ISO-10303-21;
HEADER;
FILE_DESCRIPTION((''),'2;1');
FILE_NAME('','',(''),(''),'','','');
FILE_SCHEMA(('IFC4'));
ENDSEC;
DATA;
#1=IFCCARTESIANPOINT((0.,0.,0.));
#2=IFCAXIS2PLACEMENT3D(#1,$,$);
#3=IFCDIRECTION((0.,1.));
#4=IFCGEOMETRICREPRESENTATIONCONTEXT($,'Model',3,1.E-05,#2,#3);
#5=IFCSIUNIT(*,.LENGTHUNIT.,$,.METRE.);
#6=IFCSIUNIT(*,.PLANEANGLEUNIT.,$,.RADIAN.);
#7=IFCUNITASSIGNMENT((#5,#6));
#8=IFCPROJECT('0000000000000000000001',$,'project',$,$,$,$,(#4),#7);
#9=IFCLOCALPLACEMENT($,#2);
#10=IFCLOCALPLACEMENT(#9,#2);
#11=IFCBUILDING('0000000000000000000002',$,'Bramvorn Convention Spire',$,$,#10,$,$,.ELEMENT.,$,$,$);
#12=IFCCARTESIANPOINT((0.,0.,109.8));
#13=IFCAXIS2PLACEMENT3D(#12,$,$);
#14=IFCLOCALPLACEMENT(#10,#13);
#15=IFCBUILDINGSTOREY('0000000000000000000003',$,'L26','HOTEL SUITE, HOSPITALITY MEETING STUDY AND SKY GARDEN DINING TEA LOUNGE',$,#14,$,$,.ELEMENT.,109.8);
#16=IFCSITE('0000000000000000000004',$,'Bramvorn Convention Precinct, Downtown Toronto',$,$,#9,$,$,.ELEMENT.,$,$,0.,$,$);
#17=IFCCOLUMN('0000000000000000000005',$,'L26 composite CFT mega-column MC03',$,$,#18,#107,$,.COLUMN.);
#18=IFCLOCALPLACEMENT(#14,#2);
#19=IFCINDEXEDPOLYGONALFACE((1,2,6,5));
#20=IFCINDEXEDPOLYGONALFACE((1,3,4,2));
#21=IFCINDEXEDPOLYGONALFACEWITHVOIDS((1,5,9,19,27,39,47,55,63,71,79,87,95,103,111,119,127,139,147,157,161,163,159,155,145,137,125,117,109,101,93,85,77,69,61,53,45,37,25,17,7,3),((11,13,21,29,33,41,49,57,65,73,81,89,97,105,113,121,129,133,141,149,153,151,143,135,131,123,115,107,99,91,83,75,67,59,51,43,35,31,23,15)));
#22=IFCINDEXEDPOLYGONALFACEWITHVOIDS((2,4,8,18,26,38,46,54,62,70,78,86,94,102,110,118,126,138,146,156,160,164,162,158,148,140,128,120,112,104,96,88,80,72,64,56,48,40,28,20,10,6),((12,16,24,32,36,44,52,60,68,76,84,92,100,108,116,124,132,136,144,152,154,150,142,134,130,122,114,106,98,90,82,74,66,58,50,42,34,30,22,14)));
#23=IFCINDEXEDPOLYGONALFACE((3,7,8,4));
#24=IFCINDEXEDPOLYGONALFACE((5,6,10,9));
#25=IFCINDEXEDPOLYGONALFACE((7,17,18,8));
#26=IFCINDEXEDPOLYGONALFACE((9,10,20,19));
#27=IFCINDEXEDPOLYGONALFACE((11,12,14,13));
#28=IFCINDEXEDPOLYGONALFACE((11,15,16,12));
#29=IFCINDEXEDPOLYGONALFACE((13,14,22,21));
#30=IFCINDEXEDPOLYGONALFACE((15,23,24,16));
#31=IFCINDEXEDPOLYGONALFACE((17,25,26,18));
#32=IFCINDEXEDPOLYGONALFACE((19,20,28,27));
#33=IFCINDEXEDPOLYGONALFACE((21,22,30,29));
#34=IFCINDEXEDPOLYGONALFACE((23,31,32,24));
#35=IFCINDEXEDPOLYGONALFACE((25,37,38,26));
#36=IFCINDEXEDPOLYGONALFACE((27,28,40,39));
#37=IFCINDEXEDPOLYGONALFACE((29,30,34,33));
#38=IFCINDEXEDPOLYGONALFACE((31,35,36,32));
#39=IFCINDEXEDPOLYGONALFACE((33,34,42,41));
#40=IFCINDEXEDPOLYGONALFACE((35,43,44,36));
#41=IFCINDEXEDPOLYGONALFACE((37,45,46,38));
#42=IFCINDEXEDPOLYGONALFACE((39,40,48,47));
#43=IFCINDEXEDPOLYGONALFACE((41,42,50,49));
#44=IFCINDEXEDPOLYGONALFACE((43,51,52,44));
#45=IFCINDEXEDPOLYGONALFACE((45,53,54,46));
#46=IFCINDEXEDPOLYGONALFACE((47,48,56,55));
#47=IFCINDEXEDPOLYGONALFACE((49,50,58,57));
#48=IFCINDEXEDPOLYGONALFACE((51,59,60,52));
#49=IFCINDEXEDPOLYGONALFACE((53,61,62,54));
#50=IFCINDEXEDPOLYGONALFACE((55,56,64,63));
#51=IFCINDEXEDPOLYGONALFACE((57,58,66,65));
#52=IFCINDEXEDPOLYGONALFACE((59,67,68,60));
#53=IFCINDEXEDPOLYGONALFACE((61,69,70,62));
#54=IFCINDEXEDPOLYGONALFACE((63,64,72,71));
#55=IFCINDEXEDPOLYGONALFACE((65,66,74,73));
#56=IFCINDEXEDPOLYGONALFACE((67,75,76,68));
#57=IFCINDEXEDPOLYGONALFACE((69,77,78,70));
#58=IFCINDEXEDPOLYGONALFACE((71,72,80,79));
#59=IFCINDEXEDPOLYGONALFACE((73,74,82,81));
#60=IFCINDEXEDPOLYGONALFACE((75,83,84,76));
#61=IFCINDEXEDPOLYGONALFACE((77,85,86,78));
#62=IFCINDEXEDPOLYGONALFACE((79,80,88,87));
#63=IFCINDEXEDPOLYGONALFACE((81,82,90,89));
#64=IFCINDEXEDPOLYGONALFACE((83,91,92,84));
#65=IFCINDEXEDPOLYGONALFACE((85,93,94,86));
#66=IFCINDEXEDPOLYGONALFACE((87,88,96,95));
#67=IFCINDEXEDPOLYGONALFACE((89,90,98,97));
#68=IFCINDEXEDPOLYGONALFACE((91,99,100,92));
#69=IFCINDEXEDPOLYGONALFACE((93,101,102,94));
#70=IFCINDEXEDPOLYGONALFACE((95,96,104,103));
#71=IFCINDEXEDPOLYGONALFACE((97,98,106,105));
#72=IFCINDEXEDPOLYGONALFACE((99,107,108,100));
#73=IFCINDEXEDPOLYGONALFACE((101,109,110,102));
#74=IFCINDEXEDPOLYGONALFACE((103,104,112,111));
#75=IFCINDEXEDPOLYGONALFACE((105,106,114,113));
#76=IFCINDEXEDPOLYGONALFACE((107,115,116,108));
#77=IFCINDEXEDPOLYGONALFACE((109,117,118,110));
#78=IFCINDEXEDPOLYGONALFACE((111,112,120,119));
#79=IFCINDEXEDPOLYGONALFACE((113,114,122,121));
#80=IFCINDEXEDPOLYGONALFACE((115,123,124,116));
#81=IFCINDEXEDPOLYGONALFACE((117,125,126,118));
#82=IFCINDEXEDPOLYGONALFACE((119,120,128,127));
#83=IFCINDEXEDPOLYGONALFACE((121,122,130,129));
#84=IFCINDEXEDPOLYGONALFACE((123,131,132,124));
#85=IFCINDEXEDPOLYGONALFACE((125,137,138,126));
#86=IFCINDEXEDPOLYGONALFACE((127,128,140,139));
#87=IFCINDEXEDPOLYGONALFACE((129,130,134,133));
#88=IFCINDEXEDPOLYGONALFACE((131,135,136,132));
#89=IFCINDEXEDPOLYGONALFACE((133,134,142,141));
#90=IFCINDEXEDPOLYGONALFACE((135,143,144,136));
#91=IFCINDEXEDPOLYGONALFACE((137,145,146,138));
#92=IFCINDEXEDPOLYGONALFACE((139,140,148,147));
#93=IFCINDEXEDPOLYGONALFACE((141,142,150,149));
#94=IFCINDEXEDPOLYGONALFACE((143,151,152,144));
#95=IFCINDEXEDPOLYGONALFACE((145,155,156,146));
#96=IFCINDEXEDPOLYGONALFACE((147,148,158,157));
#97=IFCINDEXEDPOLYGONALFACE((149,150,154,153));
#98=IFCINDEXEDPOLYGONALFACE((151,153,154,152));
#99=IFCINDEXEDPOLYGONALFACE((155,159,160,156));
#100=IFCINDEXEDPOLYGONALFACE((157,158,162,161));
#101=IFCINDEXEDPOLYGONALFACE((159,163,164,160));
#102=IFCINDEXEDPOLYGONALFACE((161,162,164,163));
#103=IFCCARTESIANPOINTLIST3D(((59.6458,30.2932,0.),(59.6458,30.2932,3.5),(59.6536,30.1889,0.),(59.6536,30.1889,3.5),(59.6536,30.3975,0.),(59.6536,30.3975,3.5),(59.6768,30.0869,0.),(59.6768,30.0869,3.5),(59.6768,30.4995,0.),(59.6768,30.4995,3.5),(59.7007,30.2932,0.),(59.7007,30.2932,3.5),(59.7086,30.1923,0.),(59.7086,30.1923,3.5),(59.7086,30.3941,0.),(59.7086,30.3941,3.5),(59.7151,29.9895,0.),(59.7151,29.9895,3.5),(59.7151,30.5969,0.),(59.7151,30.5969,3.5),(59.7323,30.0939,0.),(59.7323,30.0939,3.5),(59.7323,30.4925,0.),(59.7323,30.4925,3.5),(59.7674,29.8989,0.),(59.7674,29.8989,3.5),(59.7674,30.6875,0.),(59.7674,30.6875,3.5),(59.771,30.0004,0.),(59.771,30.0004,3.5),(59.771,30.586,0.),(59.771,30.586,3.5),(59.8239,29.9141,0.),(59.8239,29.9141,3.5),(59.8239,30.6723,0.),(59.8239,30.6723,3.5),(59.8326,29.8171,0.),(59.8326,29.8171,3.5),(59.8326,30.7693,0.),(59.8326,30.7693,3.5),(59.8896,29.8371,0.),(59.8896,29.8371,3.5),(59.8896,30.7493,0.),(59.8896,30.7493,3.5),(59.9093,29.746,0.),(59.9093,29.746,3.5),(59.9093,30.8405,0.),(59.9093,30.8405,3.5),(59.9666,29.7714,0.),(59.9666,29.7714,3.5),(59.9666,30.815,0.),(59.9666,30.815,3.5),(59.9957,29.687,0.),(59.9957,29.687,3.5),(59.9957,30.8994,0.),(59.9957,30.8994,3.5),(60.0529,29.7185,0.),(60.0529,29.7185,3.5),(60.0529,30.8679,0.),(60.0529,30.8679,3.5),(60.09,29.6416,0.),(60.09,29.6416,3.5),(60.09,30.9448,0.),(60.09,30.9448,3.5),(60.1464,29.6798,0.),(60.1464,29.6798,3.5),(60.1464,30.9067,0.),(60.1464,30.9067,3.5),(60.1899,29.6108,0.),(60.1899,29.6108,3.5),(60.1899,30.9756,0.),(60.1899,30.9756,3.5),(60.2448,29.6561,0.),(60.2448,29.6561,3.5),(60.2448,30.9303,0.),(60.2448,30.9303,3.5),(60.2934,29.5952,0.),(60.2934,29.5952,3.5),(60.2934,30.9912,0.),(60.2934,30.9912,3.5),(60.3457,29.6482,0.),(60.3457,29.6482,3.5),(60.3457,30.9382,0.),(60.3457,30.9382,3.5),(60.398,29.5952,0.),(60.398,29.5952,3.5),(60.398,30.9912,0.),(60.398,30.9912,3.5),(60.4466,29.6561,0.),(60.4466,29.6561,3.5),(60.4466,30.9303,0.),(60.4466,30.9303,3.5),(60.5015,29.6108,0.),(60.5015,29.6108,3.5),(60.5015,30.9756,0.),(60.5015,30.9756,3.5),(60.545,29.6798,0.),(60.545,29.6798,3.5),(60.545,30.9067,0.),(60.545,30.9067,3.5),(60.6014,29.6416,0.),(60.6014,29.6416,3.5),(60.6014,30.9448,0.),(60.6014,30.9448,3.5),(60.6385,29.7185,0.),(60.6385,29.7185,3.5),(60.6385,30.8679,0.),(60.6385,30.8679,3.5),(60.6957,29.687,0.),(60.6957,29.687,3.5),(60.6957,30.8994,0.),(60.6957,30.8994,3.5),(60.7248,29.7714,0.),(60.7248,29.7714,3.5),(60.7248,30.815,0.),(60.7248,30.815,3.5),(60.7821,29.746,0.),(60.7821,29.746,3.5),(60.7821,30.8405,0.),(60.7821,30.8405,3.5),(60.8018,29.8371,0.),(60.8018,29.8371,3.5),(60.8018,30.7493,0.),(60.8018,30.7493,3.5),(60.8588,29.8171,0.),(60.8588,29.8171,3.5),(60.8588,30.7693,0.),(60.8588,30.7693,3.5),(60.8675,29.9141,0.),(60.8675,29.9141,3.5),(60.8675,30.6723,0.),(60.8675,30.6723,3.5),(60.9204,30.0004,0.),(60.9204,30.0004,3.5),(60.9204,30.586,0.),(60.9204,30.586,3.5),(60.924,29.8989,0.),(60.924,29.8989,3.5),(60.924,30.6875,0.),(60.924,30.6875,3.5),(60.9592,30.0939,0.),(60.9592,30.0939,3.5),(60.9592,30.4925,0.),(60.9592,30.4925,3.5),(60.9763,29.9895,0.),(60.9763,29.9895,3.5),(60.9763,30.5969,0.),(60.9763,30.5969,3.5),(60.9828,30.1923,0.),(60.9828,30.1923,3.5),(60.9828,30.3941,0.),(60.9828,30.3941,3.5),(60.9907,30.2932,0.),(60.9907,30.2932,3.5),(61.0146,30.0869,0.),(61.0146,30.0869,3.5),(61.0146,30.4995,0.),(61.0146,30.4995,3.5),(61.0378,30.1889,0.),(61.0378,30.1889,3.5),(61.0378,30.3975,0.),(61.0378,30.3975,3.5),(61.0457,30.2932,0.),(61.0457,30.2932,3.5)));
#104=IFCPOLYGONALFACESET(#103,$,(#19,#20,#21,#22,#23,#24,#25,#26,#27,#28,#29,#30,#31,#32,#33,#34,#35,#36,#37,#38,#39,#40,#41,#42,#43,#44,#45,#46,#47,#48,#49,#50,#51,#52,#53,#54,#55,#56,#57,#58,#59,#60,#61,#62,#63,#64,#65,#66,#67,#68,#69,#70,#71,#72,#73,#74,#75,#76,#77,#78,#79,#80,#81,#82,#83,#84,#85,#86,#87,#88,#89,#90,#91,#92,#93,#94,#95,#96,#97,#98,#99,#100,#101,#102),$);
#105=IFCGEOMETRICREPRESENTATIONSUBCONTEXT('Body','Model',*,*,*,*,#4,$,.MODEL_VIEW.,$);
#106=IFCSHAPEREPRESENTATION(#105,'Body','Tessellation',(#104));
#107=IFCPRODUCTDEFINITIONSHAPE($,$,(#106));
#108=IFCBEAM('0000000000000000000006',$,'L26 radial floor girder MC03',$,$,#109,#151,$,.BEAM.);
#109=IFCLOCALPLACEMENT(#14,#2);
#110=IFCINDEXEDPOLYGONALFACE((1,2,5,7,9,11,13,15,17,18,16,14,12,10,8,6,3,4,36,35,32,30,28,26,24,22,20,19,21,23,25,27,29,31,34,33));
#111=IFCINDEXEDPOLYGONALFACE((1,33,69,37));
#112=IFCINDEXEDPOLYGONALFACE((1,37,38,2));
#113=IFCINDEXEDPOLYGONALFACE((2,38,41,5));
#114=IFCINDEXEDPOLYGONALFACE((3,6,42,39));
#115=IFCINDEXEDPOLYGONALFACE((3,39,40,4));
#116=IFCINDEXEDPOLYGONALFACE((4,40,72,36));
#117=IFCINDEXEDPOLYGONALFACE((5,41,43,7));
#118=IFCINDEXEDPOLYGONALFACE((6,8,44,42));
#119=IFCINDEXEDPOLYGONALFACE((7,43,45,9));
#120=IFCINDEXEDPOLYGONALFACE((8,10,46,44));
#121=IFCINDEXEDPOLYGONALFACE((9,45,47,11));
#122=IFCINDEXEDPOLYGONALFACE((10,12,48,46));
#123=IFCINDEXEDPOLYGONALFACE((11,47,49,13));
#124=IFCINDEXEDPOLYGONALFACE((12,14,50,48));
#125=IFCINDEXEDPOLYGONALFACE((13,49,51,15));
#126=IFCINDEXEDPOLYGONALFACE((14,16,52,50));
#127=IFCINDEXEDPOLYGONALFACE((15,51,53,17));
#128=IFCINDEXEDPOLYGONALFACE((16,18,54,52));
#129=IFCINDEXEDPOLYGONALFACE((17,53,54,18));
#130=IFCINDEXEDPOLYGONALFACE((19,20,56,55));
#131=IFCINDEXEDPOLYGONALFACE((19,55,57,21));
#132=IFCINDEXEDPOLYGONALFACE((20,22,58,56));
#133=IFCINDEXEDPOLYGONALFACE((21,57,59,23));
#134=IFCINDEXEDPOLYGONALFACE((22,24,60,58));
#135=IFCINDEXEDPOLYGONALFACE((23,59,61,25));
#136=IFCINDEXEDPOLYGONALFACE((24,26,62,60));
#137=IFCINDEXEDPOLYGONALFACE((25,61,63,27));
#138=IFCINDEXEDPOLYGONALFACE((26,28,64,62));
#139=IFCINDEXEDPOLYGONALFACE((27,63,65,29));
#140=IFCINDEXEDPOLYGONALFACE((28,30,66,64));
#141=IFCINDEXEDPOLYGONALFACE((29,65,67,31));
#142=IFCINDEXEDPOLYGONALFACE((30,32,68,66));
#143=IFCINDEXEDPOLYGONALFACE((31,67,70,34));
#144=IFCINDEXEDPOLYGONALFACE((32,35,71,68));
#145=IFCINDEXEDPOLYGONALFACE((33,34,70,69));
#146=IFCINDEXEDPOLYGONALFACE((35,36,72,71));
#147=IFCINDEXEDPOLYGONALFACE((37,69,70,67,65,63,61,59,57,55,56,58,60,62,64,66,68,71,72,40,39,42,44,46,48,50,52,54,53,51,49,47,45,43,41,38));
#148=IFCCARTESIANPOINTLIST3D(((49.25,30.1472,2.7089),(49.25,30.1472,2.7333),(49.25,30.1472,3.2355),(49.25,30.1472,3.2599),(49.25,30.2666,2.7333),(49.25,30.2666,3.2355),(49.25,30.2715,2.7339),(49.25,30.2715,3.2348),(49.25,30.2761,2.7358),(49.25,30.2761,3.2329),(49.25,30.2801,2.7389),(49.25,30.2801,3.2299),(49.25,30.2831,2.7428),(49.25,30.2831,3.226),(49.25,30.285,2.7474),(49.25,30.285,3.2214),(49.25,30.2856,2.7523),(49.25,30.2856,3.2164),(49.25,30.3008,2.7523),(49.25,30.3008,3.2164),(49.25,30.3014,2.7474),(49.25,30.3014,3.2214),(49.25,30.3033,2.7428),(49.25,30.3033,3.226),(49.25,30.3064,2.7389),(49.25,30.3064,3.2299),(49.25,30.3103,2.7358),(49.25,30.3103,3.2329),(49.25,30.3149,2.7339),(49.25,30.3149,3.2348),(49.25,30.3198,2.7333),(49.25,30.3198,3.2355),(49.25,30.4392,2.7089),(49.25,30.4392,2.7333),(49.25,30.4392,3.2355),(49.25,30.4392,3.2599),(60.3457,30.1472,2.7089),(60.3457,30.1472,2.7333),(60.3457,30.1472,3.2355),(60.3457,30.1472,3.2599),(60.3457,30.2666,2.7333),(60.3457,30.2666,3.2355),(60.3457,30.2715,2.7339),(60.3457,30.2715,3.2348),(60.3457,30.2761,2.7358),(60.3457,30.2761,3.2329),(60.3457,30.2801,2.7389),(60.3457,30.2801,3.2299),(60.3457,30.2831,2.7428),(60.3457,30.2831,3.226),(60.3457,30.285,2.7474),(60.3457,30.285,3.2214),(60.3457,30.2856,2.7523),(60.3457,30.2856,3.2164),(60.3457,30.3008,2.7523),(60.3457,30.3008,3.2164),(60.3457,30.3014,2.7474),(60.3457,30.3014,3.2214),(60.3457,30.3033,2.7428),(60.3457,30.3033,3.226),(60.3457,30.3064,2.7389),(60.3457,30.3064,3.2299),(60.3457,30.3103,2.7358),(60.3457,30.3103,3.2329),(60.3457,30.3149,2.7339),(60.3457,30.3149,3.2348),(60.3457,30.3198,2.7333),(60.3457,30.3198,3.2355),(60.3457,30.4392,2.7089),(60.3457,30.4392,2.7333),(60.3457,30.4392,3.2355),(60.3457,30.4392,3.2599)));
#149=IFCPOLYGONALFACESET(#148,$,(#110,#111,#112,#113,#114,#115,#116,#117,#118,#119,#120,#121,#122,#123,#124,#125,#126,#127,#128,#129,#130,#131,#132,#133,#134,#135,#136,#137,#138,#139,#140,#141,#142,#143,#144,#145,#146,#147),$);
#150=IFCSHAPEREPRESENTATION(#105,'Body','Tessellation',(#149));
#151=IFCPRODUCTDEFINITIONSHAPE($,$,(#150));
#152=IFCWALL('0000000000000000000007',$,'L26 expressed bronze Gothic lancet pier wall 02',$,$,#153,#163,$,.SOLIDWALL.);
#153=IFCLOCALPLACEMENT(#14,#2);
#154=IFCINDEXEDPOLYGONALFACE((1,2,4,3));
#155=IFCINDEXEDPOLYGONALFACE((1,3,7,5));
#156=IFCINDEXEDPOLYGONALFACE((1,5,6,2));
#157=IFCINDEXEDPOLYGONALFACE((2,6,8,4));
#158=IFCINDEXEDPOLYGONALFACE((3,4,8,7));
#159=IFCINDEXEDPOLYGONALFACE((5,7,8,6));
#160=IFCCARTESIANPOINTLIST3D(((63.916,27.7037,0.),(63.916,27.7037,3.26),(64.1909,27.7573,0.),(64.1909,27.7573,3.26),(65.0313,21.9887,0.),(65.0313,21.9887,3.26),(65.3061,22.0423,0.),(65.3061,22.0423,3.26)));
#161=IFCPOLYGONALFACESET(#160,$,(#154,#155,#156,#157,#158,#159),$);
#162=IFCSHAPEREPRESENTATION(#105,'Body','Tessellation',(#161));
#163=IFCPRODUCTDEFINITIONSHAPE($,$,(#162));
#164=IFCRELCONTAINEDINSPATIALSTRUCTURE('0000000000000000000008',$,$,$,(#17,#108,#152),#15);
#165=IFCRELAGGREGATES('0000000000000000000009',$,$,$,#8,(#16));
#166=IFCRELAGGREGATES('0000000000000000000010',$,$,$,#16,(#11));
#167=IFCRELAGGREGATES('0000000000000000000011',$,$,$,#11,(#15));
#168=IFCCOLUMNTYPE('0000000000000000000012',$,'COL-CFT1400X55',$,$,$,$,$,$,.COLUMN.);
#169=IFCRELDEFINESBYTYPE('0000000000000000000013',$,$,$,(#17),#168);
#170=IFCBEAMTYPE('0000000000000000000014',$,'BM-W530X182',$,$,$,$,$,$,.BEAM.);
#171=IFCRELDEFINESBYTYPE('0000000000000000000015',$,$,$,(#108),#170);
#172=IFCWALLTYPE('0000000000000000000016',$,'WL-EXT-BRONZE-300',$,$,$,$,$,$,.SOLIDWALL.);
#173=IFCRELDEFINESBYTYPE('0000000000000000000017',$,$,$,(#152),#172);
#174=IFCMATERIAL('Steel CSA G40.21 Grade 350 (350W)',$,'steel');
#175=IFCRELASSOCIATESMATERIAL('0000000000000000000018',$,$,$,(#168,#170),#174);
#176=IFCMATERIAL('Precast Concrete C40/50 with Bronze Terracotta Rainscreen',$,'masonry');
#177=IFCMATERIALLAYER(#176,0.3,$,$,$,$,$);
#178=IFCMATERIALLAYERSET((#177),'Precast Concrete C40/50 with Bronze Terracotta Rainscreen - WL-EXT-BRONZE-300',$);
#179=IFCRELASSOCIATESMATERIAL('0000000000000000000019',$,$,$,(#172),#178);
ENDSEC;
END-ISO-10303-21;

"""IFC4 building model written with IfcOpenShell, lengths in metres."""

from ifc_helpers import new_model, si_unit, direction, frame, frame_2d, origin, origin_2d, place, context, subcontext, project, spatial, rectangle, hollow_circle, i_section, extrude, material, layer, layer_set, material_profile, profile_set, type_object, element, save


model = new_model("IFC4")

# Units and contexts
model_context = context("Model", 3, precision=1e-05, world=origin(), true_north=direction((0.0, 1.0)))
body_context = subcontext(model_context, "Body", "Model", "MODEL_VIEW")
ifc_project = project(units=[si_unit("LENGTHUNIT", "METRE"), si_unit("PLANEANGLEUNIT", "RADIAN")], contexts=[model_context])

# Site, building, storey
site_placement = place(None, origin())
site = spatial("IfcSite", under=ifc_project, at=site_placement, Name="Bramvorn Convention Precinct, Downtown Toronto", CompositionType="ELEMENT", RefElevation=0.0)
building_placement = place(site_placement, origin())
building = spatial("IfcBuilding", under=site, at=building_placement, Name="Bramvorn Convention Spire", CompositionType="ELEMENT")
storey_placement = place(building_placement, frame((0.0, 0.0, 109.8)))
storey = spatial("IfcBuildingStorey", under=building, at=storey_placement, Name="L26", Description="HOTEL SUITE, HOSPITALITY MEETING STUDY AND SKY GARDEN DINING TEA LOUNGE", CompositionType="ELEMENT", Elevation=109.8)

# Column
ifc_material_1 = material(Name="Steel CSA G40.21 Grade 350 (350W)", Category="steel")
ifc_material_profile_1 = material_profile(ifc_material_1, hollow_circle(Radius=0.7, WallThickness=0.0549, at=origin_2d()))
ifc_profile_set_1 = profile_set([ifc_material_profile_1], Name="Steel CSA G40.21 Grade 350 (350W) - CFT1400X55")
column_type = type_object("IfcColumnType", Name="COL-CFT1400X55", PredefinedType="COLUMN", material=ifc_profile_set_1)
column_placement = place(storey_placement, frame((60.3457, 30.2932, 0.0), z_axis=(0.0, 0.0, 1.0), x_axis=(1.0, 0.0, 0.0)))
element("IfcColumn", 1, at=column_placement, inside=storey, type_object=column_type, Name="L26 composite CFT mega-column MC03", PredefinedType="COLUMN", context=body_context, shape_type="SweptSolid", body=[
    extrude(hollow_circle(Radius=0.7, WallThickness=0.0549, at=origin_2d()), origin(), (0.0, 0.0, 1.0), 3.5),
])

# Beam
ifc_material_profile_2 = material_profile(ifc_material_1, i_section(OverallWidth=0.292, OverallDepth=0.551, WebThickness=0.0151, FlangeThickness=0.0244, FilletRadius=0.019, at=origin_2d()))
ifc_profile_set_2 = profile_set([ifc_material_profile_2], Name="Steel CSA G40.21 Grade 350 (350W) - W530X182")
beam_type = type_object("IfcBeamType", Name="BM-W530X182", PredefinedType="BEAM", material=ifc_profile_set_2)
beam_placement = place(storey_placement, frame((49.25, 30.2932, 2.9844), z_axis=(1.0, 0.0, 0.0), x_axis=(0.0, 1.0, 0.0)))
element("IfcBeam", 2, at=beam_placement, inside=storey, type_object=beam_type, Name="L26 radial floor girder MC03", PredefinedType="BEAM", context=body_context, shape_type="SweptSolid", body=[
    extrude(i_section(OverallWidth=0.292, OverallDepth=0.551, WebThickness=0.0151, FlangeThickness=0.0244, FilletRadius=0.019, at=origin_2d()), origin(), (0.0, 0.0, 1.0), 11.0957),
])

# Wall
ifc_material_2 = material(Name="Precast Concrete C40/50 with Bronze Terracotta Rainscreen", Category="masonry")
ifc_layer_1 = layer(ifc_material_2, 0.3)
ifc_layer_set_1 = layer_set([ifc_layer_1], Name="Precast Concrete C40/50 with Bronze Terracotta Rainscreen - WL-EXT-BRONZE-300")
wall_type_1 = type_object("IfcWallType", Name="WL-EXT-BRONZE-300", PredefinedType="SOLIDWALL", material=ifc_layer_set_1)
wall_1_placement = place(storey_placement, frame((64.0535, 27.7305, 0.0), z_axis=(0.0, 0.0, 1.0), x_axis=(0.191534, -0.981486, 0.0)))
element("IfcWall", 3, at=wall_1_placement, inside=storey, type_object=wall_type_1, Name="L26 expressed bronze Gothic lancet pier wall 02", PredefinedType="SOLIDWALL", context=body_context, shape_type="SweptSolid", body=[
    extrude(rectangle(XDim=5.8228, YDim=0.28, at=frame_2d((2.9114, 0.0))), origin(), (0.0, 0.0, 1.0), 3.26),
])

save(model, "model.ifc")
